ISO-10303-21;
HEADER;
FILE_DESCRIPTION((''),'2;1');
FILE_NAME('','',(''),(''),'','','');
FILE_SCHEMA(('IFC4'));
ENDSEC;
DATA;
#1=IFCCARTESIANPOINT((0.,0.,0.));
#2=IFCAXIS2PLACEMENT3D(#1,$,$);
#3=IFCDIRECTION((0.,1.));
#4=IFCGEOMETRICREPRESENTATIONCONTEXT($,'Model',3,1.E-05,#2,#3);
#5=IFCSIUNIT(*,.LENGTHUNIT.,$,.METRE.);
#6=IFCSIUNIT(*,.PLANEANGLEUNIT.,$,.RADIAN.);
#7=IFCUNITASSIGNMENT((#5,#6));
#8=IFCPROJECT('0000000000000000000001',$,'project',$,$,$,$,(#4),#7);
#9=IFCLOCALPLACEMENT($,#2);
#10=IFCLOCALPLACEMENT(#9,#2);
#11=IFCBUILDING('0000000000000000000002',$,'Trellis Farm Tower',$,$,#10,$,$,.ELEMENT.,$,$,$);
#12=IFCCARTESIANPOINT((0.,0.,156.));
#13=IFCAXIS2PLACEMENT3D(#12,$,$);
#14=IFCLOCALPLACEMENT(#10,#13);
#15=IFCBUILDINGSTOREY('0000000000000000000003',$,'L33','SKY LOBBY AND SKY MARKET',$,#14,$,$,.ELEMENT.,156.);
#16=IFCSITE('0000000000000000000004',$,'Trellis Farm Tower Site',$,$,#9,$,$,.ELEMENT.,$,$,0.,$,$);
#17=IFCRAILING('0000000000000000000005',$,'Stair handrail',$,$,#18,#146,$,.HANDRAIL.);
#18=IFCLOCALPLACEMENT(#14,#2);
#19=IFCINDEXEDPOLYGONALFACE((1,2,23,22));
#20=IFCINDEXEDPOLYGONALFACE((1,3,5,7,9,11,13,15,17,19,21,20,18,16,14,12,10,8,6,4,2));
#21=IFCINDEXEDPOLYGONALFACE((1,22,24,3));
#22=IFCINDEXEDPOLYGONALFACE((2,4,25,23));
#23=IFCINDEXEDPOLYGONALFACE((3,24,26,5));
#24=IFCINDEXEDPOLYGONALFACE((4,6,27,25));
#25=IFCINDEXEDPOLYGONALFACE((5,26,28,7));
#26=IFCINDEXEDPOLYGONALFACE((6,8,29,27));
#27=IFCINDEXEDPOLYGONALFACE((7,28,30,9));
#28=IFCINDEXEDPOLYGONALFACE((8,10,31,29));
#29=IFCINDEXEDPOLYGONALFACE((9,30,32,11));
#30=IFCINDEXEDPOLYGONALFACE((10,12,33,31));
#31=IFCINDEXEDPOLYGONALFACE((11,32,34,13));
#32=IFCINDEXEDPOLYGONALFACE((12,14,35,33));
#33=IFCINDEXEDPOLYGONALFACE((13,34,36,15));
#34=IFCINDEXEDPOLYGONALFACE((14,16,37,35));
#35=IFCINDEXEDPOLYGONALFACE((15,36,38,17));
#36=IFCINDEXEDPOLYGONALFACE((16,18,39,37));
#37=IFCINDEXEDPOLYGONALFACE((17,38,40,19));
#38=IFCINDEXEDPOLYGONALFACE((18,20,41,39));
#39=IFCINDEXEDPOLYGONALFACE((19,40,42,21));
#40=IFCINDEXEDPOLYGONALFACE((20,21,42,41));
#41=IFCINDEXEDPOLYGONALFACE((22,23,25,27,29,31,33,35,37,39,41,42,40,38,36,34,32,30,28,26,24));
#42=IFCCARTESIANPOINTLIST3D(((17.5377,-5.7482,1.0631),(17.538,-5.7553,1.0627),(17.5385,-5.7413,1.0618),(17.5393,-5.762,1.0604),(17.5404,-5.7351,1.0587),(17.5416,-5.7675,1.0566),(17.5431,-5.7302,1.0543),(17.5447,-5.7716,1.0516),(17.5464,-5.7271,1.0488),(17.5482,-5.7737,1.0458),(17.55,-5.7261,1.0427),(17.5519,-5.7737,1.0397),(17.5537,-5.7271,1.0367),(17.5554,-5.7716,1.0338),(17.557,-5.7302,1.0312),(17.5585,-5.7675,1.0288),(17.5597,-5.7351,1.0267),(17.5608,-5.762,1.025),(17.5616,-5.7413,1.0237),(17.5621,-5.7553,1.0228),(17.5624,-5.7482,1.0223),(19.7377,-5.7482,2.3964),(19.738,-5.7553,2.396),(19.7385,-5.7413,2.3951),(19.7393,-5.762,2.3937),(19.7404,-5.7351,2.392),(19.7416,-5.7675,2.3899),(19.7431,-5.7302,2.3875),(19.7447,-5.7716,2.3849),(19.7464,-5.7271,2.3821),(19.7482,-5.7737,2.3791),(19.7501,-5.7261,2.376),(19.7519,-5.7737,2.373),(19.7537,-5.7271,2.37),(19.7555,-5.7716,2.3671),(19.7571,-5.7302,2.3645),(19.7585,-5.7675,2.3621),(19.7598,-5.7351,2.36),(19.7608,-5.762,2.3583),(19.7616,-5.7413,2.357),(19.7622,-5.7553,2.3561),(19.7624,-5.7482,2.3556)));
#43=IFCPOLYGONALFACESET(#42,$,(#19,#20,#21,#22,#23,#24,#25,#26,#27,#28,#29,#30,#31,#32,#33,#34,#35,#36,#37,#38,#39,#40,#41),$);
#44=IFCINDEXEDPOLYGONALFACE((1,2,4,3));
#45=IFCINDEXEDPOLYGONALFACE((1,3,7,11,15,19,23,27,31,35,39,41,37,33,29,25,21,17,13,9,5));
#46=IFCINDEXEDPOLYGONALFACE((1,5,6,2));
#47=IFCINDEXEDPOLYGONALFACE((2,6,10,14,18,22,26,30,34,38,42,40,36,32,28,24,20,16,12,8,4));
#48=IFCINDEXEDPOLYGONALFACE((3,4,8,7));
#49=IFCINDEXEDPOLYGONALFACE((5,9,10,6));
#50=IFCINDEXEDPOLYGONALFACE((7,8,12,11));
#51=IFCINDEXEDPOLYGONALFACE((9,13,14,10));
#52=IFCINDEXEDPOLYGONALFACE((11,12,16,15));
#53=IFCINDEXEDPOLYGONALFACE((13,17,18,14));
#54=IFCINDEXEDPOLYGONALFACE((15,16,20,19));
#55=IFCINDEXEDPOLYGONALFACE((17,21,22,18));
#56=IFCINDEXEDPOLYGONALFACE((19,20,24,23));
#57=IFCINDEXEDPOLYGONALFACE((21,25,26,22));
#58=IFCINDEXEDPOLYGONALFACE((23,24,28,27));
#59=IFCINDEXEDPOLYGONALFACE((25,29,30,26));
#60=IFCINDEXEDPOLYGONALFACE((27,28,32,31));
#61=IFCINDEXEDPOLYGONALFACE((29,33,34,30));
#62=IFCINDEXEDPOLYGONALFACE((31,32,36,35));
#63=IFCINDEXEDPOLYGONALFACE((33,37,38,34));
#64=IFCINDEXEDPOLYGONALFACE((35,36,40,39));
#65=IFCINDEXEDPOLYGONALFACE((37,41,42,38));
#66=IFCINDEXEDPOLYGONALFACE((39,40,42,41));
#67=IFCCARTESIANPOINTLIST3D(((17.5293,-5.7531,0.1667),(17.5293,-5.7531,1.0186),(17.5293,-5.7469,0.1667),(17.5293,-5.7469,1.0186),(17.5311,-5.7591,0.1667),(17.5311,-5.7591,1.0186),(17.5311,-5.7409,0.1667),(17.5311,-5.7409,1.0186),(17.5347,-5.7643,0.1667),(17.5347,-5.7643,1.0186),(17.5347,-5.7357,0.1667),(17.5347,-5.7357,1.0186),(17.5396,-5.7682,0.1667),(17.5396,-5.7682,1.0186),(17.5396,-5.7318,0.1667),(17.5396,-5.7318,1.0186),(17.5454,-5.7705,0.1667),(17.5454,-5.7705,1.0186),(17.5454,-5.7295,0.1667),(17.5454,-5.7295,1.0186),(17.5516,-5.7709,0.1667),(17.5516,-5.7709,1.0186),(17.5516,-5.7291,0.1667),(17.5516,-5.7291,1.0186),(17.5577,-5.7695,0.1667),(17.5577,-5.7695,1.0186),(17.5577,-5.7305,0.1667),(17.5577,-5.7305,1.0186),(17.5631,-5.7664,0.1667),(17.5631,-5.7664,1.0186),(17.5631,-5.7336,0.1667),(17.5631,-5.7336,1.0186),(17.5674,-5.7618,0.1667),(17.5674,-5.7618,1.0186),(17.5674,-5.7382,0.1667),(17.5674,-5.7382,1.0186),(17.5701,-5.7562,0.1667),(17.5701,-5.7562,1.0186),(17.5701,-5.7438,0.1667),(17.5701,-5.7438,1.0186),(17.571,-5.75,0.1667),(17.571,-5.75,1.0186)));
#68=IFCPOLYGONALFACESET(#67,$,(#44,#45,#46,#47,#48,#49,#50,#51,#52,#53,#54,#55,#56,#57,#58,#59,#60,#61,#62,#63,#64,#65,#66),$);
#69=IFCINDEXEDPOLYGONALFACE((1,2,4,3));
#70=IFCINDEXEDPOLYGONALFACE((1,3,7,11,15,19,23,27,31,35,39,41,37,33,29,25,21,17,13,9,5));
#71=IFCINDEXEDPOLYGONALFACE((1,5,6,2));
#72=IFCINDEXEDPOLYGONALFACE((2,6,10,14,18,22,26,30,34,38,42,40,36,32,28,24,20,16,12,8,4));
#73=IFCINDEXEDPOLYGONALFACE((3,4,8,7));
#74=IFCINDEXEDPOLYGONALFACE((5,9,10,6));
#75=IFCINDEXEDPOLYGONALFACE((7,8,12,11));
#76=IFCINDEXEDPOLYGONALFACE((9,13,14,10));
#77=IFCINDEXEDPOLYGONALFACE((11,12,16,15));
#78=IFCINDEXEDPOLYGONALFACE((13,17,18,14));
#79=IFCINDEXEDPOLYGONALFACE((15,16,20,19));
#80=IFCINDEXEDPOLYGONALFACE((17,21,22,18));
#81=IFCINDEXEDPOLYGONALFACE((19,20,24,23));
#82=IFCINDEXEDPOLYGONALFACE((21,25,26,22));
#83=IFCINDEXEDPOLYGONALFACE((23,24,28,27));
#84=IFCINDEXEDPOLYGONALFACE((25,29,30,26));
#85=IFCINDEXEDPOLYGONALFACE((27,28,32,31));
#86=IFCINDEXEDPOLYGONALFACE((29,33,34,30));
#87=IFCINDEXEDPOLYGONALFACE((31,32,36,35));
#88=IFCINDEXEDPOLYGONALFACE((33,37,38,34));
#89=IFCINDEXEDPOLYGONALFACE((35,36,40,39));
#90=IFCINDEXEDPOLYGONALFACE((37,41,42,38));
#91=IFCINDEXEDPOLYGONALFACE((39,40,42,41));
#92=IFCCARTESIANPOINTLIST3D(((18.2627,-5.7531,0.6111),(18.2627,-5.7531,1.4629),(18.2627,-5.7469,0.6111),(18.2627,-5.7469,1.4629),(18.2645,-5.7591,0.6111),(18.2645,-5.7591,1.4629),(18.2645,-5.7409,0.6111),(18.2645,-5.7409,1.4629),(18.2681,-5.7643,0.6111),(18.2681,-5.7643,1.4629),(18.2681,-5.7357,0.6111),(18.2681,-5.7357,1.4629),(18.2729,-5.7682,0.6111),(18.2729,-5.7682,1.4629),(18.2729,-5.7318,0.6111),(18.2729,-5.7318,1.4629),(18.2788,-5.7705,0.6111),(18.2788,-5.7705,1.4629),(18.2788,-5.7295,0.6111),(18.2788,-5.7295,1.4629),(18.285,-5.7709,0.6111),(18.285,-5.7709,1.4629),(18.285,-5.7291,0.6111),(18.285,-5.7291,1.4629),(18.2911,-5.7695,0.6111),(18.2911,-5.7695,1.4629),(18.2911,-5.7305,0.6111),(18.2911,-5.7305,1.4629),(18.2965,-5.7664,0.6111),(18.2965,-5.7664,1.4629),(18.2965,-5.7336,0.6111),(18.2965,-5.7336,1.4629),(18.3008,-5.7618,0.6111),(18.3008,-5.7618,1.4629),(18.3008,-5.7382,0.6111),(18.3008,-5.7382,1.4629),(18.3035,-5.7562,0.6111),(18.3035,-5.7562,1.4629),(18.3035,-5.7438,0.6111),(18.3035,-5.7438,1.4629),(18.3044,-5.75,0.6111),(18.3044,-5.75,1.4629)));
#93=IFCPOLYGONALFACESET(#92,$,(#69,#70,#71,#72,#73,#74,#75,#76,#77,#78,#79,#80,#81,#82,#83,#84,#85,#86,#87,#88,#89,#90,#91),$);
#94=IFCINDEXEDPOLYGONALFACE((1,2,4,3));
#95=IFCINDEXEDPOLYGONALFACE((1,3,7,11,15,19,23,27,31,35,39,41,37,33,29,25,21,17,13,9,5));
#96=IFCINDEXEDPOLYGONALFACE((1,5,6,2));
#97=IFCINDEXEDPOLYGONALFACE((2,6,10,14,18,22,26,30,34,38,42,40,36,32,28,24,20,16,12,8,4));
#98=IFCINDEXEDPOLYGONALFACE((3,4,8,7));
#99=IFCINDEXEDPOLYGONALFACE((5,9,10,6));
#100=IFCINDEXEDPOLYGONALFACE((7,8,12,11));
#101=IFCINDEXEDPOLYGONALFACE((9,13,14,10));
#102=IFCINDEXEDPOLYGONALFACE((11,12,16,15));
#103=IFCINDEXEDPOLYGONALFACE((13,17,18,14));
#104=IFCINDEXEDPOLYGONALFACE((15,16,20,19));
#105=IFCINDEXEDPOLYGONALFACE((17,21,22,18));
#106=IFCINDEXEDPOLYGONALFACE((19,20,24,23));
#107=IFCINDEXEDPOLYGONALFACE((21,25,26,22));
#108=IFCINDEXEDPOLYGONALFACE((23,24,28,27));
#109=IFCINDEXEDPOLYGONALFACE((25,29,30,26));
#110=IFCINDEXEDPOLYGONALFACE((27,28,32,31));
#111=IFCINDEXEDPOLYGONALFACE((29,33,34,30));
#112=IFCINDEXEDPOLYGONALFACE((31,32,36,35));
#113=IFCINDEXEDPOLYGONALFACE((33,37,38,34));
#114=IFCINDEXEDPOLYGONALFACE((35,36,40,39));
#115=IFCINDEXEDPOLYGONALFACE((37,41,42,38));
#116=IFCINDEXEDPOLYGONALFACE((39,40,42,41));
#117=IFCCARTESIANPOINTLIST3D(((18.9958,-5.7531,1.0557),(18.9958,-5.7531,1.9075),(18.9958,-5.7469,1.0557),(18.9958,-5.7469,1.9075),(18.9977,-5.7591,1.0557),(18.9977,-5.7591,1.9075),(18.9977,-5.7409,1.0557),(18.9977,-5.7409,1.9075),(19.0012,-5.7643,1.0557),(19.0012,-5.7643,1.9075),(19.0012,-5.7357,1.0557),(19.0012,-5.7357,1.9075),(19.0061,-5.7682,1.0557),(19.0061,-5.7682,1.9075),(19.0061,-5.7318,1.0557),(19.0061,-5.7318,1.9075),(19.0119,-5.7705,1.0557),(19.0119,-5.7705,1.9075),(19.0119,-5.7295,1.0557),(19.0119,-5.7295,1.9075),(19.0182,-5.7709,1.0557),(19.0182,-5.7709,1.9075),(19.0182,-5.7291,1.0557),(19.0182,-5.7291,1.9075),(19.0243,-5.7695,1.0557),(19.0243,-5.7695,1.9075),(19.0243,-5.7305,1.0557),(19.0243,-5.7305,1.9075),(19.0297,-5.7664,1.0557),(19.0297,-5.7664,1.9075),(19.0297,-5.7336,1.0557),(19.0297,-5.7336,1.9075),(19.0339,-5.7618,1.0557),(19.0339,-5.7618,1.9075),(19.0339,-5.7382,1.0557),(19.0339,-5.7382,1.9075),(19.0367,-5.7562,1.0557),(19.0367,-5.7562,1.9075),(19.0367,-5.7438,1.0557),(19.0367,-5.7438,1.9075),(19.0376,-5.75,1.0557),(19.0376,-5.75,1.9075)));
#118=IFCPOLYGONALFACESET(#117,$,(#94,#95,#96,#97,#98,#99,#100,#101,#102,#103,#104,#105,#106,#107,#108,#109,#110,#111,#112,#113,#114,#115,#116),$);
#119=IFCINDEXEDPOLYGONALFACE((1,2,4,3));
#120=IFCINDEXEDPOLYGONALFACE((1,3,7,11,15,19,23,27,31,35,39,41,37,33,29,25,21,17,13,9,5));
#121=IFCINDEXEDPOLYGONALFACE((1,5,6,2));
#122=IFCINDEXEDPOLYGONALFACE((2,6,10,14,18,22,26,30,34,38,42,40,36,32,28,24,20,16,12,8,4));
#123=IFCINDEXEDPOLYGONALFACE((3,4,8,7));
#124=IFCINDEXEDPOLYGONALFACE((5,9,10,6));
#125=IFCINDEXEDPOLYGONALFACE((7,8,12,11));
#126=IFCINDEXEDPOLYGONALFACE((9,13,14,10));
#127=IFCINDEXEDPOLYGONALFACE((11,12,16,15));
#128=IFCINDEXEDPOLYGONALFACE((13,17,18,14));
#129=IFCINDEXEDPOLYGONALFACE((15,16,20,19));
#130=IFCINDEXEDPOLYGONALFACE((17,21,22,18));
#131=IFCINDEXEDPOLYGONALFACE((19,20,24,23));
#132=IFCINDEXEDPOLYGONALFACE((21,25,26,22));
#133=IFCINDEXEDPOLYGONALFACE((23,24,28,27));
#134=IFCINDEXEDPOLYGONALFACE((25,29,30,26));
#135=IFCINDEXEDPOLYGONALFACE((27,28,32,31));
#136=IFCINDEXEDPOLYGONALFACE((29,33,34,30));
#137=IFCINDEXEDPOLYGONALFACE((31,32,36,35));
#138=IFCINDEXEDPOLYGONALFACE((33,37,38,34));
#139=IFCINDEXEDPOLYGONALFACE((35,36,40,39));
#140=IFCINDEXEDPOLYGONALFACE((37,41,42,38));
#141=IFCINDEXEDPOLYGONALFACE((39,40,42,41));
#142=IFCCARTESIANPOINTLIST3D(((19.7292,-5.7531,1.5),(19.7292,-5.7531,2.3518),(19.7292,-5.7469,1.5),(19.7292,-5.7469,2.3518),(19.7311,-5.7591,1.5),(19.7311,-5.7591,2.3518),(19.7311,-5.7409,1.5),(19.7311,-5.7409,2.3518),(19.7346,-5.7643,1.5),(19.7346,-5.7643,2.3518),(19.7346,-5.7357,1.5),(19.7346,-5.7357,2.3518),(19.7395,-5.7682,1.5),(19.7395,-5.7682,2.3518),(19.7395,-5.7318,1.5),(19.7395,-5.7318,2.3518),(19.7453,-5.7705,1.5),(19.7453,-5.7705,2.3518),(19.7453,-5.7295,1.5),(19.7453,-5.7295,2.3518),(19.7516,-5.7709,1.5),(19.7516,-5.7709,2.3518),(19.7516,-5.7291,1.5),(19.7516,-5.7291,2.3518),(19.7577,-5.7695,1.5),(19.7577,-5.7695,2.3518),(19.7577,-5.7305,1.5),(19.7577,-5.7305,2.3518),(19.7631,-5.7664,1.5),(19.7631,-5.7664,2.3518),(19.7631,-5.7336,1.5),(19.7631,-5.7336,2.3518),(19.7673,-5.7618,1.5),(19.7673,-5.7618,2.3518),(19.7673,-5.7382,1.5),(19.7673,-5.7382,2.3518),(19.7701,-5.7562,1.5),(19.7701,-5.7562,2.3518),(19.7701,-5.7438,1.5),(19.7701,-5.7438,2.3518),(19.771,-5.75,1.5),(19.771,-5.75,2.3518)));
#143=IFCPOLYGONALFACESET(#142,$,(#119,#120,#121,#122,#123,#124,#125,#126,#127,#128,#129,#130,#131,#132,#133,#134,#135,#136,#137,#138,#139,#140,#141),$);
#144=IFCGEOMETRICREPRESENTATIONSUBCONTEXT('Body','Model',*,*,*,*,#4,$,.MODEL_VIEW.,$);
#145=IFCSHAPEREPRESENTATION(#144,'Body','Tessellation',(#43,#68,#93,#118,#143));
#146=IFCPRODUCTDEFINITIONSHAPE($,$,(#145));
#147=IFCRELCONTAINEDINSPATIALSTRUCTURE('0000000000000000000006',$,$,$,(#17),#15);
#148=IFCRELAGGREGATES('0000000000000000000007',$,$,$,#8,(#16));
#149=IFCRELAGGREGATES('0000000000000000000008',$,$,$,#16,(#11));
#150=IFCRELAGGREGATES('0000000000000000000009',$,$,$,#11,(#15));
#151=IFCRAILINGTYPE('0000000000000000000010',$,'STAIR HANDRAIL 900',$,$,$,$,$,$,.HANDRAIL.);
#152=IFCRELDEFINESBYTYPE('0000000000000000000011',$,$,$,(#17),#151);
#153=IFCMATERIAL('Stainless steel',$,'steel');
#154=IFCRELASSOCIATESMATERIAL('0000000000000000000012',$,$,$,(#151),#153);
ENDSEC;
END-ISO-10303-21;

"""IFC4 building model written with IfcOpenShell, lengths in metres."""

from ifc_helpers import new_model, si_unit, direction, frame, origin, origin_2d, place, context, subcontext, project, spatial, circle, extrude, source, transform, mapped, material, type_object, element, save


model = new_model("IFC4")

# Units and contexts
model_context = context("Model", 3, precision=1e-05, world=origin(), true_north=direction((0.0, 1.0)))
body_context = subcontext(model_context, "Body", "Model", "MODEL_VIEW")
ifc_project = project(units=[si_unit("LENGTHUNIT", "METRE"), si_unit("PLANEANGLEUNIT", "RADIAN")], contexts=[model_context])

# Site, building, storey
site_placement = place(None, origin())
site = spatial("IfcSite", under=ifc_project, at=site_placement, Name="Trellis Farm Tower Site", CompositionType="ELEMENT", RefElevation=0.0)
building_placement = place(site_placement, origin())
building = spatial("IfcBuilding", under=site, at=building_placement, Name="Trellis Farm Tower", CompositionType="ELEMENT")
storey_placement = place(building_placement, frame((0.0, 0.0, 156.0)))
storey = spatial("IfcBuildingStorey", under=building, at=storey_placement, Name="L33", Description="SKY LOBBY AND SKY MARKET", CompositionType="ELEMENT", Elevation=156.0)

# Railing
ifc_material_1 = material(Name="Stainless steel", Category="steel")
railing_type = type_object("IfcRailingType", Name="STAIR HANDRAIL 900", PredefinedType="HANDRAIL", material=ifc_material_1)
shared_shape_1 = source(origin(), body_context, "Body", "SweptSolid", [
    extrude(circle(Radius=0.0239, at=origin_2d()), frame((0.0, 0.0, 0.876), z_axis=(0.855207, 0.0, 0.518287), x_axis=(0.0, 1.0, 0.0)), (0.0, 0.0, 1.0), 2.5725),
    extrude(circle(Radius=0.021, at=origin_2d()), origin(), (0.0, 0.0, 1.0), 0.8518),
    extrude(circle(Radius=0.021, at=origin_2d()), frame((0.7334, 0.0, 0.4443)), (0.0, 0.0, 1.0), 0.8518),
    extrude(circle(Radius=0.021, at=origin_2d()), frame((1.4666, 0.0, 0.8889)), (0.0, 0.0, 1.0), 0.8518),
    extrude(circle(Radius=0.021, at=origin_2d()), frame((2.2, 0.0, 1.3333)), (0.0, 0.0, 1.0), 0.8518),
])
for number, where, name in (
    (1, (17.55, -5.75, 0.1667), "Stair handrail"),
):
    element("IfcRailing", number, at=place(storey_placement, frame(where)), inside=storey, type_object=railing_type, Name=name, PredefinedType="HANDRAIL", context=body_context, shape_type="MappedRepresentation", body=[
        mapped(shared_shape_1, transform((0.0, 0.0, 0.0))),
    ])

save(model, "model.ifc")
